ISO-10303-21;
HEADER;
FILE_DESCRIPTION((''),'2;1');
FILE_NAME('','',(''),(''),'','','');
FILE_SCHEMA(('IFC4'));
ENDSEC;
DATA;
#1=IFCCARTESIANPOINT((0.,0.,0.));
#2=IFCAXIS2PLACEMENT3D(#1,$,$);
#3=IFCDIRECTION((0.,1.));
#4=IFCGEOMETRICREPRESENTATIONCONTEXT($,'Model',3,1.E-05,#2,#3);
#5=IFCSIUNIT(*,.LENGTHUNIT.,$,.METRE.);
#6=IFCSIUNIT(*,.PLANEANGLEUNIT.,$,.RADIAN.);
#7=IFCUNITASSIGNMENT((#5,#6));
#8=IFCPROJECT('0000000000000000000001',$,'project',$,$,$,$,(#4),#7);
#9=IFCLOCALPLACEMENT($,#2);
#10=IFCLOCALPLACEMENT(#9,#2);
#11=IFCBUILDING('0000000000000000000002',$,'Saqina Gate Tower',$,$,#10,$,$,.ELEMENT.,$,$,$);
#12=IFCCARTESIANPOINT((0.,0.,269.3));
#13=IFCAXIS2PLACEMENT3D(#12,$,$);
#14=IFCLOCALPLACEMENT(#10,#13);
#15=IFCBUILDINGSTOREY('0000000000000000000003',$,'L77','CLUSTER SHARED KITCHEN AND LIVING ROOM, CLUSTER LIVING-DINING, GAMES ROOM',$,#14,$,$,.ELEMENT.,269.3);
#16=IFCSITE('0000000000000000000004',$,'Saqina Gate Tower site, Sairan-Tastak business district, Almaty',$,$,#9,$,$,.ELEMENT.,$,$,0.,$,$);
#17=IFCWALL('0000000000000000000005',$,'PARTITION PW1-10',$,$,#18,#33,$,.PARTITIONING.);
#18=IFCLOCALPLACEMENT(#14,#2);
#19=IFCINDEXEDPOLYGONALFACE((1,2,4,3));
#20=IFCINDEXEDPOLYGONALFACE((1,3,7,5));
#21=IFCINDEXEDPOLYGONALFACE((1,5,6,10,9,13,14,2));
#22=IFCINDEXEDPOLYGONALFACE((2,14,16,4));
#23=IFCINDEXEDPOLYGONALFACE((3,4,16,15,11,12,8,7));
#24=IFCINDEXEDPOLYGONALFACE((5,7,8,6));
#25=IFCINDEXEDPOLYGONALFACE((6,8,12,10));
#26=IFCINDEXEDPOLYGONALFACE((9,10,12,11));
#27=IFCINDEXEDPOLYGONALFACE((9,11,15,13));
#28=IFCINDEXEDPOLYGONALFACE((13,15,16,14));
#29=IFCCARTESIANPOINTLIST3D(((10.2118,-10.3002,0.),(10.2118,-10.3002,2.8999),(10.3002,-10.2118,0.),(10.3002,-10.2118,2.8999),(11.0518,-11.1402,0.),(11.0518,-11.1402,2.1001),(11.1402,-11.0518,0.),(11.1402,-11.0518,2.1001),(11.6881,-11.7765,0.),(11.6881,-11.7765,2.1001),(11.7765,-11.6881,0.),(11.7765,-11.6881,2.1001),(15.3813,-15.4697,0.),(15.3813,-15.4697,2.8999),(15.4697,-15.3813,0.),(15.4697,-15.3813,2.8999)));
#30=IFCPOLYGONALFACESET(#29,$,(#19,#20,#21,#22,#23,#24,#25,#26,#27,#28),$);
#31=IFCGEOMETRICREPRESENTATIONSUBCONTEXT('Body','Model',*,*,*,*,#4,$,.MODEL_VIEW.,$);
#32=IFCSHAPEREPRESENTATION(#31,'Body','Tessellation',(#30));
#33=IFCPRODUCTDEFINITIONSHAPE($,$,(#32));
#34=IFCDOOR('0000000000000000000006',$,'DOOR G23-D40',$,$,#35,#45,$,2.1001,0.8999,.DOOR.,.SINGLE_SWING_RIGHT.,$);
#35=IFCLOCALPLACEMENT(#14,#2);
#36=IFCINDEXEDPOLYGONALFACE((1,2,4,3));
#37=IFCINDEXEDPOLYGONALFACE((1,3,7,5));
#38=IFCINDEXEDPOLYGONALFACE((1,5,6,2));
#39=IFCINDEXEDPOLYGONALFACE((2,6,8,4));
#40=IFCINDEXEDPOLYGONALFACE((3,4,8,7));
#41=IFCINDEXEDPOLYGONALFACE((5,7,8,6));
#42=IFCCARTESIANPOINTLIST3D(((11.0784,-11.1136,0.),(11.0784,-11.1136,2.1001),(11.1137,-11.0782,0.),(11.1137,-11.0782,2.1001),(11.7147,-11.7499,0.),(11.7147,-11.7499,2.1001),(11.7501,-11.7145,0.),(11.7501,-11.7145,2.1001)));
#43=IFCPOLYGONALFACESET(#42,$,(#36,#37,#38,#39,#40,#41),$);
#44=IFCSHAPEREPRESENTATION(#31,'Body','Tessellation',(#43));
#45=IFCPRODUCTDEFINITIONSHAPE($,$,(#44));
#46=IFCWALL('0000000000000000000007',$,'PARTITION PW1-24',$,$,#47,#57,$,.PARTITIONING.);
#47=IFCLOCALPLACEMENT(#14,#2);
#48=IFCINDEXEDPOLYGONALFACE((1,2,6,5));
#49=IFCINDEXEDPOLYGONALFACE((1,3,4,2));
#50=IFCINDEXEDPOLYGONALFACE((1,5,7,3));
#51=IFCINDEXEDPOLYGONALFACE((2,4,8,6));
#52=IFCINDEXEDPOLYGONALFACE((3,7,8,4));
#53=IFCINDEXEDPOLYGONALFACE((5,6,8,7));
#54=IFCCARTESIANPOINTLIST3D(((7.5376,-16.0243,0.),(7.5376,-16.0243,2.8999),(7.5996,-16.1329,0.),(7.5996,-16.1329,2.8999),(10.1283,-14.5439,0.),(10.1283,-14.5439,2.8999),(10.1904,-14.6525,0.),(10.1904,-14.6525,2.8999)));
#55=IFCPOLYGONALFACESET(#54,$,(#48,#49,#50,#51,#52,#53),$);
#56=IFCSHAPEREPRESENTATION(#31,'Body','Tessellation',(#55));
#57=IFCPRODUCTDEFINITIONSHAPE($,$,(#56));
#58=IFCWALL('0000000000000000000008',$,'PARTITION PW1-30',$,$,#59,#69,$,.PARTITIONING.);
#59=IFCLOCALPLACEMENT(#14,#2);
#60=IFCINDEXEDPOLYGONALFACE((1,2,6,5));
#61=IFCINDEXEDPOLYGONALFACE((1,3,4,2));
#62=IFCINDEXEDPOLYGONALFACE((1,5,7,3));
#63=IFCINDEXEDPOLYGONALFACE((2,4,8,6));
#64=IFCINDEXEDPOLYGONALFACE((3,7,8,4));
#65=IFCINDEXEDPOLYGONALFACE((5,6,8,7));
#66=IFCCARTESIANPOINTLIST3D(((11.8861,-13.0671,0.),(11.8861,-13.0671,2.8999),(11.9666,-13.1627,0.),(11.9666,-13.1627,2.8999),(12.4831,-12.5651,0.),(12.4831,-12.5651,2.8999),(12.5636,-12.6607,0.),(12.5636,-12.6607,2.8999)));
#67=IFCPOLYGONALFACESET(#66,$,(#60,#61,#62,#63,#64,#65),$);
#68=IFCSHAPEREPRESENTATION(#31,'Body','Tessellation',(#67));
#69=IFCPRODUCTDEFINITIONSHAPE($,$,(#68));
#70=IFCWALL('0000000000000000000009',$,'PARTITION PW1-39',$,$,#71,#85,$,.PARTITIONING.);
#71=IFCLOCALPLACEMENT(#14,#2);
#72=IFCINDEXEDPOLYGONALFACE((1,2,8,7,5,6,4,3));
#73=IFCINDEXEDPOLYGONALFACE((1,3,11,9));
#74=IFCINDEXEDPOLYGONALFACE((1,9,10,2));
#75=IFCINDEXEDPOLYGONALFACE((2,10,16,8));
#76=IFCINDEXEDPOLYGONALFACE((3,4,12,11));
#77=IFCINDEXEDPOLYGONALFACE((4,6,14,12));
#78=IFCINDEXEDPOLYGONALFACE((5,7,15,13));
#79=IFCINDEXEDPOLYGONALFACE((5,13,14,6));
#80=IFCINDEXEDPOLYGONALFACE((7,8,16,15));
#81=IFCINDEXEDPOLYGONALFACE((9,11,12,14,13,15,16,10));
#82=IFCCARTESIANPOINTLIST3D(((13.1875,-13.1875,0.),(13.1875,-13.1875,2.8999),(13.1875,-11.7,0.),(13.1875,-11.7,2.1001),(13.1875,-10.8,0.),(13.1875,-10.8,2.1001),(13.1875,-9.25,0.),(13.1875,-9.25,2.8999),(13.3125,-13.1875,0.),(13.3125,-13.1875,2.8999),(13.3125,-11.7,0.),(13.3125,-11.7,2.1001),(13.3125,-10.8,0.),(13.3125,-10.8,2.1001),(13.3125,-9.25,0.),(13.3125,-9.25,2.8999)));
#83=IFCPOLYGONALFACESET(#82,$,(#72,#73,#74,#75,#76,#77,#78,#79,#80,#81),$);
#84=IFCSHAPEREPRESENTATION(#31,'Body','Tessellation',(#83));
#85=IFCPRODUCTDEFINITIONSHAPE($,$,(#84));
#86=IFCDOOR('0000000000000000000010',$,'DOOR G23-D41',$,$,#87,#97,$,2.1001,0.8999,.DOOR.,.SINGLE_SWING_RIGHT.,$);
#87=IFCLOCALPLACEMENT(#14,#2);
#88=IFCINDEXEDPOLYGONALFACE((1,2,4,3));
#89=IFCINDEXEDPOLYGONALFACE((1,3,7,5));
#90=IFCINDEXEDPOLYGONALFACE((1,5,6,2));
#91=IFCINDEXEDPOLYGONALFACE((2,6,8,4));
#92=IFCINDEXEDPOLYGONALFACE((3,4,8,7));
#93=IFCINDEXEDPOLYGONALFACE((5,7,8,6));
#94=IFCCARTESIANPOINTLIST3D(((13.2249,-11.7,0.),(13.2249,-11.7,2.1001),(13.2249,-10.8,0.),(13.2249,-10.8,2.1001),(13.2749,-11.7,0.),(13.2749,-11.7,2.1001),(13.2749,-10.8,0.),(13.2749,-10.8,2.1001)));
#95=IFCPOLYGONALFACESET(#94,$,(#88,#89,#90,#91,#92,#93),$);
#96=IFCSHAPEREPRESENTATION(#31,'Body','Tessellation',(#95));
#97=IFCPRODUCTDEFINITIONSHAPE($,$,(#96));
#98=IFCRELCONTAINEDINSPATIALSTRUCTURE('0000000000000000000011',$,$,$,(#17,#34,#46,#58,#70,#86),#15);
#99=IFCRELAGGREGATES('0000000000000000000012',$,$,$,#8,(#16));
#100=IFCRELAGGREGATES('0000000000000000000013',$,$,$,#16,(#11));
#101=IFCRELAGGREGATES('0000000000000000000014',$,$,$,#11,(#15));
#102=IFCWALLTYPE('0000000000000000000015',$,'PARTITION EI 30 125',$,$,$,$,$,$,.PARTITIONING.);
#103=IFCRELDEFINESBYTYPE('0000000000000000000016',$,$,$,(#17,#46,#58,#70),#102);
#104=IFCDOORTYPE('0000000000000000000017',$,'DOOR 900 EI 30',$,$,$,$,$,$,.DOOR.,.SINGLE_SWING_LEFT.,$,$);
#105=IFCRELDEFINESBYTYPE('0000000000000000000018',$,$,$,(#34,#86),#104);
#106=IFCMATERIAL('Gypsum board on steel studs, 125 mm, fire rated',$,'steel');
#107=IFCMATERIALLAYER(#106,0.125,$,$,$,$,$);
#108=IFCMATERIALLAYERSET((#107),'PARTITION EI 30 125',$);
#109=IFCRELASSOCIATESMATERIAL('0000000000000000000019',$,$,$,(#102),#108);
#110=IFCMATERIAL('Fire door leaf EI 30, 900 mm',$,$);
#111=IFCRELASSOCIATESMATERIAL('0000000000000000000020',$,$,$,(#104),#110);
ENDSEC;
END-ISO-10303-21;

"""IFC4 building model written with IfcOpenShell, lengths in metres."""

from ifc_helpers import new_model, si_unit, direction, frame, frame_2d, origin, place, context, subcontext, project, spatial, rectangle, extrude, material, layer, layer_set, type_object, element, fill, save


model = new_model("IFC4")

# Units and contexts
model_context = context("Model", 3, precision=1e-05, world=origin(), true_north=direction((0.0, 1.0)))
body_context = subcontext(model_context, "Body", "Model", "MODEL_VIEW")
ifc_project = project(units=[si_unit("LENGTHUNIT", "METRE"), si_unit("PLANEANGLEUNIT", "RADIAN")], contexts=[model_context])

# Site, building, storey
site_placement = place(None, origin())
site = spatial("IfcSite", under=ifc_project, at=site_placement, Name="Saqina Gate Tower site, Sairan-Tastak business district, Almaty", CompositionType="ELEMENT", RefElevation=0.0)
building_placement = place(site_placement, origin())
building = spatial("IfcBuilding", under=site, at=building_placement, Name="Saqina Gate Tower", CompositionType="ELEMENT")
storey_placement = place(building_placement, frame((0.0, 0.0, 269.3)))
storey = spatial("IfcBuildingStorey", under=building, at=storey_placement, Name="L77", Description="CLUSTER SHARED KITCHEN AND LIVING ROOM, CLUSTER LIVING-DINING, GAMES ROOM", CompositionType="ELEMENT", Elevation=269.3)

# Wall, opening, door
ifc_material_1 = material(Name="Gypsum board on steel studs, 125 mm, fire rated", Category="steel")
ifc_layer_1 = layer(ifc_material_1, 0.125)
ifc_layer_set_1 = layer_set([ifc_layer_1], Name="PARTITION EI 30 125")
wall_type_1 = type_object("IfcWallType", Name="PARTITION EI 30 125", PredefinedType="PARTITIONING", material=ifc_layer_set_1)
ifc_material_2 = material(Name="Fire door leaf EI 30, 900 mm")
door_type_1 = type_object("IfcDoorType", Name="DOOR 900 EI 30", OperationType="SINGLE_SWING_LEFT", PredefinedType="DOOR", material=ifc_material_2)
wall_1_placement = place(storey_placement, frame((10.2561, -10.2561, 0.0), z_axis=(0.0, 0.0, 1.0), x_axis=(0.707107, -0.707107, 0.0)))
wall_1 = element("IfcWall", 1, at=wall_1_placement, inside=storey, type_object=wall_type_1, Name="PARTITION PW1-10", PredefinedType="PARTITIONING", context=body_context, shape_type="SweptSolid", body=[
    extrude(rectangle(XDim=7.3108, YDim=0.125, at=frame_2d((3.6553, 0.0))), origin(), (0.0, 0.0, 1.0), 2.8999),
])
opening_1_placement = place(wall_1_placement, frame((1.1877, 0.0, 0.0)))
opening_1 = element("IfcOpeningElement", 2, at=opening_1_placement, cuts=wall_1, PredefinedType="OPENING", context=body_context, shape_type="SweptSolid", body=[
    extrude(rectangle(XDim=0.8999, YDim=2.1001, at=frame_2d((0.45, 1.05))), frame((0.0, 0.0745, 0.0), z_axis=(0.0, -1.0, 0.0), x_axis=(1.0, 0.0, 0.0)), (0.0, 0.0, 1.0), 0.1489),
])
door_1_placement = place(opening_1_placement, frame((0.8999, 0.0, 0.0), z_axis=(0.0, 0.0, 1.0), x_axis=(-1.0, 0.0, 0.0)))
door_1 = element("IfcDoor", 3, at=door_1_placement, inside=storey, type_object=door_type_1, Name="DOOR G23-D40", OperationType="SINGLE_SWING_RIGHT", OverallHeight=2.1001, OverallWidth=0.8999, PredefinedType="DOOR", context=body_context, shape_type="SweptSolid", body=[
    extrude(rectangle(XDim=0.8999, YDim=2.1001, at=frame_2d((0.45, 1.05))), frame((0.0, 0.0249, 0.0), z_axis=(0.0, -1.0, 0.0), x_axis=(1.0, 0.0, 0.0)), (0.0, 0.0, 1.0), 0.05),
])
fill(opening_1, door_1)

# Walls
wall_2_placement = place(storey_placement, frame((7.5686, -16.0786, 0.0), z_axis=(0.0, 0.0, 1.0), x_axis=(0.868243, 0.496139, 0.0)))
element("IfcWall", 4, at=wall_2_placement, inside=storey, type_object=wall_type_1, Name="PARTITION PW1-24", PredefinedType="PARTITIONING", context=body_context, shape_type="SweptSolid", body=[
    extrude(rectangle(XDim=2.9839, YDim=0.125, at=frame_2d((1.4919, 0.0))), origin(), (0.0, 0.0, 1.0), 2.8999),
])
wall_3_placement = place(storey_placement, frame((11.9263, -13.115, 0.0), z_axis=(0.0, 0.0, 1.0), x_axis=(0.765366, 0.643596, 0.0)))
element("IfcWall", 5, at=wall_3_placement, inside=storey, type_object=wall_type_1, Name="PARTITION PW1-30", PredefinedType="PARTITIONING", context=body_context, shape_type="SweptSolid", body=[
    extrude(rectangle(XDim=0.78, YDim=0.125, at=frame_2d((0.3901, 0.0))), origin(), (0.0, 0.0, 1.0), 2.8999),
])

# Wall, opening, door
wall_4_placement = place(storey_placement, frame((13.25, -13.1875, 0.0), z_axis=(0.0, 0.0, 1.0), x_axis=(0.0, 1.0, 0.0)))
wall_4 = element("IfcWall", 6, at=wall_4_placement, inside=storey, type_object=wall_type_1, Name="PARTITION PW1-39", PredefinedType="PARTITIONING", context=body_context, shape_type="SweptSolid", body=[
    extrude(rectangle(XDim=3.9375, YDim=0.125, at=frame_2d((1.9688, 0.0))), origin(), (0.0, 0.0, 1.0), 2.8999),
])
opening_2_placement = place(wall_4_placement, frame((1.4875, 0.0, 0.0)))
opening_2 = element("IfcOpeningElement", 7, at=opening_2_placement, cuts=wall_4, PredefinedType="OPENING", context=body_context, shape_type="SweptSolid", body=[
    extrude(rectangle(XDim=0.8999, YDim=2.1001, at=frame_2d((0.45, 1.05))), frame((0.0, 0.0745, 0.0), z_axis=(0.0, -1.0, 0.0), x_axis=(1.0, 0.0, 0.0)), (0.0, 0.0, 1.0), 0.1489),
])
door_2_placement = place(opening_2_placement, frame((0.8999, 0.0, 0.0), z_axis=(0.0, 0.0, 1.0), x_axis=(-1.0, 0.0, 0.0)))
door_2 = element("IfcDoor", 8, at=door_2_placement, inside=storey, type_object=door_type_1, Name="DOOR G23-D41", OperationType="SINGLE_SWING_RIGHT", OverallHeight=2.1001, OverallWidth=0.8999, PredefinedType="DOOR", context=body_context, shape_type="SweptSolid", body=[
    extrude(rectangle(XDim=0.8999, YDim=2.1001, at=frame_2d((0.45, 1.05))), frame((0.0, 0.0249, 0.0), z_axis=(0.0, -1.0, 0.0), x_axis=(1.0, 0.0, 0.0)), (0.0, 0.0, 1.0), 0.05),
])
fill(opening_2, door_2)

save(model, "model.ifc")
